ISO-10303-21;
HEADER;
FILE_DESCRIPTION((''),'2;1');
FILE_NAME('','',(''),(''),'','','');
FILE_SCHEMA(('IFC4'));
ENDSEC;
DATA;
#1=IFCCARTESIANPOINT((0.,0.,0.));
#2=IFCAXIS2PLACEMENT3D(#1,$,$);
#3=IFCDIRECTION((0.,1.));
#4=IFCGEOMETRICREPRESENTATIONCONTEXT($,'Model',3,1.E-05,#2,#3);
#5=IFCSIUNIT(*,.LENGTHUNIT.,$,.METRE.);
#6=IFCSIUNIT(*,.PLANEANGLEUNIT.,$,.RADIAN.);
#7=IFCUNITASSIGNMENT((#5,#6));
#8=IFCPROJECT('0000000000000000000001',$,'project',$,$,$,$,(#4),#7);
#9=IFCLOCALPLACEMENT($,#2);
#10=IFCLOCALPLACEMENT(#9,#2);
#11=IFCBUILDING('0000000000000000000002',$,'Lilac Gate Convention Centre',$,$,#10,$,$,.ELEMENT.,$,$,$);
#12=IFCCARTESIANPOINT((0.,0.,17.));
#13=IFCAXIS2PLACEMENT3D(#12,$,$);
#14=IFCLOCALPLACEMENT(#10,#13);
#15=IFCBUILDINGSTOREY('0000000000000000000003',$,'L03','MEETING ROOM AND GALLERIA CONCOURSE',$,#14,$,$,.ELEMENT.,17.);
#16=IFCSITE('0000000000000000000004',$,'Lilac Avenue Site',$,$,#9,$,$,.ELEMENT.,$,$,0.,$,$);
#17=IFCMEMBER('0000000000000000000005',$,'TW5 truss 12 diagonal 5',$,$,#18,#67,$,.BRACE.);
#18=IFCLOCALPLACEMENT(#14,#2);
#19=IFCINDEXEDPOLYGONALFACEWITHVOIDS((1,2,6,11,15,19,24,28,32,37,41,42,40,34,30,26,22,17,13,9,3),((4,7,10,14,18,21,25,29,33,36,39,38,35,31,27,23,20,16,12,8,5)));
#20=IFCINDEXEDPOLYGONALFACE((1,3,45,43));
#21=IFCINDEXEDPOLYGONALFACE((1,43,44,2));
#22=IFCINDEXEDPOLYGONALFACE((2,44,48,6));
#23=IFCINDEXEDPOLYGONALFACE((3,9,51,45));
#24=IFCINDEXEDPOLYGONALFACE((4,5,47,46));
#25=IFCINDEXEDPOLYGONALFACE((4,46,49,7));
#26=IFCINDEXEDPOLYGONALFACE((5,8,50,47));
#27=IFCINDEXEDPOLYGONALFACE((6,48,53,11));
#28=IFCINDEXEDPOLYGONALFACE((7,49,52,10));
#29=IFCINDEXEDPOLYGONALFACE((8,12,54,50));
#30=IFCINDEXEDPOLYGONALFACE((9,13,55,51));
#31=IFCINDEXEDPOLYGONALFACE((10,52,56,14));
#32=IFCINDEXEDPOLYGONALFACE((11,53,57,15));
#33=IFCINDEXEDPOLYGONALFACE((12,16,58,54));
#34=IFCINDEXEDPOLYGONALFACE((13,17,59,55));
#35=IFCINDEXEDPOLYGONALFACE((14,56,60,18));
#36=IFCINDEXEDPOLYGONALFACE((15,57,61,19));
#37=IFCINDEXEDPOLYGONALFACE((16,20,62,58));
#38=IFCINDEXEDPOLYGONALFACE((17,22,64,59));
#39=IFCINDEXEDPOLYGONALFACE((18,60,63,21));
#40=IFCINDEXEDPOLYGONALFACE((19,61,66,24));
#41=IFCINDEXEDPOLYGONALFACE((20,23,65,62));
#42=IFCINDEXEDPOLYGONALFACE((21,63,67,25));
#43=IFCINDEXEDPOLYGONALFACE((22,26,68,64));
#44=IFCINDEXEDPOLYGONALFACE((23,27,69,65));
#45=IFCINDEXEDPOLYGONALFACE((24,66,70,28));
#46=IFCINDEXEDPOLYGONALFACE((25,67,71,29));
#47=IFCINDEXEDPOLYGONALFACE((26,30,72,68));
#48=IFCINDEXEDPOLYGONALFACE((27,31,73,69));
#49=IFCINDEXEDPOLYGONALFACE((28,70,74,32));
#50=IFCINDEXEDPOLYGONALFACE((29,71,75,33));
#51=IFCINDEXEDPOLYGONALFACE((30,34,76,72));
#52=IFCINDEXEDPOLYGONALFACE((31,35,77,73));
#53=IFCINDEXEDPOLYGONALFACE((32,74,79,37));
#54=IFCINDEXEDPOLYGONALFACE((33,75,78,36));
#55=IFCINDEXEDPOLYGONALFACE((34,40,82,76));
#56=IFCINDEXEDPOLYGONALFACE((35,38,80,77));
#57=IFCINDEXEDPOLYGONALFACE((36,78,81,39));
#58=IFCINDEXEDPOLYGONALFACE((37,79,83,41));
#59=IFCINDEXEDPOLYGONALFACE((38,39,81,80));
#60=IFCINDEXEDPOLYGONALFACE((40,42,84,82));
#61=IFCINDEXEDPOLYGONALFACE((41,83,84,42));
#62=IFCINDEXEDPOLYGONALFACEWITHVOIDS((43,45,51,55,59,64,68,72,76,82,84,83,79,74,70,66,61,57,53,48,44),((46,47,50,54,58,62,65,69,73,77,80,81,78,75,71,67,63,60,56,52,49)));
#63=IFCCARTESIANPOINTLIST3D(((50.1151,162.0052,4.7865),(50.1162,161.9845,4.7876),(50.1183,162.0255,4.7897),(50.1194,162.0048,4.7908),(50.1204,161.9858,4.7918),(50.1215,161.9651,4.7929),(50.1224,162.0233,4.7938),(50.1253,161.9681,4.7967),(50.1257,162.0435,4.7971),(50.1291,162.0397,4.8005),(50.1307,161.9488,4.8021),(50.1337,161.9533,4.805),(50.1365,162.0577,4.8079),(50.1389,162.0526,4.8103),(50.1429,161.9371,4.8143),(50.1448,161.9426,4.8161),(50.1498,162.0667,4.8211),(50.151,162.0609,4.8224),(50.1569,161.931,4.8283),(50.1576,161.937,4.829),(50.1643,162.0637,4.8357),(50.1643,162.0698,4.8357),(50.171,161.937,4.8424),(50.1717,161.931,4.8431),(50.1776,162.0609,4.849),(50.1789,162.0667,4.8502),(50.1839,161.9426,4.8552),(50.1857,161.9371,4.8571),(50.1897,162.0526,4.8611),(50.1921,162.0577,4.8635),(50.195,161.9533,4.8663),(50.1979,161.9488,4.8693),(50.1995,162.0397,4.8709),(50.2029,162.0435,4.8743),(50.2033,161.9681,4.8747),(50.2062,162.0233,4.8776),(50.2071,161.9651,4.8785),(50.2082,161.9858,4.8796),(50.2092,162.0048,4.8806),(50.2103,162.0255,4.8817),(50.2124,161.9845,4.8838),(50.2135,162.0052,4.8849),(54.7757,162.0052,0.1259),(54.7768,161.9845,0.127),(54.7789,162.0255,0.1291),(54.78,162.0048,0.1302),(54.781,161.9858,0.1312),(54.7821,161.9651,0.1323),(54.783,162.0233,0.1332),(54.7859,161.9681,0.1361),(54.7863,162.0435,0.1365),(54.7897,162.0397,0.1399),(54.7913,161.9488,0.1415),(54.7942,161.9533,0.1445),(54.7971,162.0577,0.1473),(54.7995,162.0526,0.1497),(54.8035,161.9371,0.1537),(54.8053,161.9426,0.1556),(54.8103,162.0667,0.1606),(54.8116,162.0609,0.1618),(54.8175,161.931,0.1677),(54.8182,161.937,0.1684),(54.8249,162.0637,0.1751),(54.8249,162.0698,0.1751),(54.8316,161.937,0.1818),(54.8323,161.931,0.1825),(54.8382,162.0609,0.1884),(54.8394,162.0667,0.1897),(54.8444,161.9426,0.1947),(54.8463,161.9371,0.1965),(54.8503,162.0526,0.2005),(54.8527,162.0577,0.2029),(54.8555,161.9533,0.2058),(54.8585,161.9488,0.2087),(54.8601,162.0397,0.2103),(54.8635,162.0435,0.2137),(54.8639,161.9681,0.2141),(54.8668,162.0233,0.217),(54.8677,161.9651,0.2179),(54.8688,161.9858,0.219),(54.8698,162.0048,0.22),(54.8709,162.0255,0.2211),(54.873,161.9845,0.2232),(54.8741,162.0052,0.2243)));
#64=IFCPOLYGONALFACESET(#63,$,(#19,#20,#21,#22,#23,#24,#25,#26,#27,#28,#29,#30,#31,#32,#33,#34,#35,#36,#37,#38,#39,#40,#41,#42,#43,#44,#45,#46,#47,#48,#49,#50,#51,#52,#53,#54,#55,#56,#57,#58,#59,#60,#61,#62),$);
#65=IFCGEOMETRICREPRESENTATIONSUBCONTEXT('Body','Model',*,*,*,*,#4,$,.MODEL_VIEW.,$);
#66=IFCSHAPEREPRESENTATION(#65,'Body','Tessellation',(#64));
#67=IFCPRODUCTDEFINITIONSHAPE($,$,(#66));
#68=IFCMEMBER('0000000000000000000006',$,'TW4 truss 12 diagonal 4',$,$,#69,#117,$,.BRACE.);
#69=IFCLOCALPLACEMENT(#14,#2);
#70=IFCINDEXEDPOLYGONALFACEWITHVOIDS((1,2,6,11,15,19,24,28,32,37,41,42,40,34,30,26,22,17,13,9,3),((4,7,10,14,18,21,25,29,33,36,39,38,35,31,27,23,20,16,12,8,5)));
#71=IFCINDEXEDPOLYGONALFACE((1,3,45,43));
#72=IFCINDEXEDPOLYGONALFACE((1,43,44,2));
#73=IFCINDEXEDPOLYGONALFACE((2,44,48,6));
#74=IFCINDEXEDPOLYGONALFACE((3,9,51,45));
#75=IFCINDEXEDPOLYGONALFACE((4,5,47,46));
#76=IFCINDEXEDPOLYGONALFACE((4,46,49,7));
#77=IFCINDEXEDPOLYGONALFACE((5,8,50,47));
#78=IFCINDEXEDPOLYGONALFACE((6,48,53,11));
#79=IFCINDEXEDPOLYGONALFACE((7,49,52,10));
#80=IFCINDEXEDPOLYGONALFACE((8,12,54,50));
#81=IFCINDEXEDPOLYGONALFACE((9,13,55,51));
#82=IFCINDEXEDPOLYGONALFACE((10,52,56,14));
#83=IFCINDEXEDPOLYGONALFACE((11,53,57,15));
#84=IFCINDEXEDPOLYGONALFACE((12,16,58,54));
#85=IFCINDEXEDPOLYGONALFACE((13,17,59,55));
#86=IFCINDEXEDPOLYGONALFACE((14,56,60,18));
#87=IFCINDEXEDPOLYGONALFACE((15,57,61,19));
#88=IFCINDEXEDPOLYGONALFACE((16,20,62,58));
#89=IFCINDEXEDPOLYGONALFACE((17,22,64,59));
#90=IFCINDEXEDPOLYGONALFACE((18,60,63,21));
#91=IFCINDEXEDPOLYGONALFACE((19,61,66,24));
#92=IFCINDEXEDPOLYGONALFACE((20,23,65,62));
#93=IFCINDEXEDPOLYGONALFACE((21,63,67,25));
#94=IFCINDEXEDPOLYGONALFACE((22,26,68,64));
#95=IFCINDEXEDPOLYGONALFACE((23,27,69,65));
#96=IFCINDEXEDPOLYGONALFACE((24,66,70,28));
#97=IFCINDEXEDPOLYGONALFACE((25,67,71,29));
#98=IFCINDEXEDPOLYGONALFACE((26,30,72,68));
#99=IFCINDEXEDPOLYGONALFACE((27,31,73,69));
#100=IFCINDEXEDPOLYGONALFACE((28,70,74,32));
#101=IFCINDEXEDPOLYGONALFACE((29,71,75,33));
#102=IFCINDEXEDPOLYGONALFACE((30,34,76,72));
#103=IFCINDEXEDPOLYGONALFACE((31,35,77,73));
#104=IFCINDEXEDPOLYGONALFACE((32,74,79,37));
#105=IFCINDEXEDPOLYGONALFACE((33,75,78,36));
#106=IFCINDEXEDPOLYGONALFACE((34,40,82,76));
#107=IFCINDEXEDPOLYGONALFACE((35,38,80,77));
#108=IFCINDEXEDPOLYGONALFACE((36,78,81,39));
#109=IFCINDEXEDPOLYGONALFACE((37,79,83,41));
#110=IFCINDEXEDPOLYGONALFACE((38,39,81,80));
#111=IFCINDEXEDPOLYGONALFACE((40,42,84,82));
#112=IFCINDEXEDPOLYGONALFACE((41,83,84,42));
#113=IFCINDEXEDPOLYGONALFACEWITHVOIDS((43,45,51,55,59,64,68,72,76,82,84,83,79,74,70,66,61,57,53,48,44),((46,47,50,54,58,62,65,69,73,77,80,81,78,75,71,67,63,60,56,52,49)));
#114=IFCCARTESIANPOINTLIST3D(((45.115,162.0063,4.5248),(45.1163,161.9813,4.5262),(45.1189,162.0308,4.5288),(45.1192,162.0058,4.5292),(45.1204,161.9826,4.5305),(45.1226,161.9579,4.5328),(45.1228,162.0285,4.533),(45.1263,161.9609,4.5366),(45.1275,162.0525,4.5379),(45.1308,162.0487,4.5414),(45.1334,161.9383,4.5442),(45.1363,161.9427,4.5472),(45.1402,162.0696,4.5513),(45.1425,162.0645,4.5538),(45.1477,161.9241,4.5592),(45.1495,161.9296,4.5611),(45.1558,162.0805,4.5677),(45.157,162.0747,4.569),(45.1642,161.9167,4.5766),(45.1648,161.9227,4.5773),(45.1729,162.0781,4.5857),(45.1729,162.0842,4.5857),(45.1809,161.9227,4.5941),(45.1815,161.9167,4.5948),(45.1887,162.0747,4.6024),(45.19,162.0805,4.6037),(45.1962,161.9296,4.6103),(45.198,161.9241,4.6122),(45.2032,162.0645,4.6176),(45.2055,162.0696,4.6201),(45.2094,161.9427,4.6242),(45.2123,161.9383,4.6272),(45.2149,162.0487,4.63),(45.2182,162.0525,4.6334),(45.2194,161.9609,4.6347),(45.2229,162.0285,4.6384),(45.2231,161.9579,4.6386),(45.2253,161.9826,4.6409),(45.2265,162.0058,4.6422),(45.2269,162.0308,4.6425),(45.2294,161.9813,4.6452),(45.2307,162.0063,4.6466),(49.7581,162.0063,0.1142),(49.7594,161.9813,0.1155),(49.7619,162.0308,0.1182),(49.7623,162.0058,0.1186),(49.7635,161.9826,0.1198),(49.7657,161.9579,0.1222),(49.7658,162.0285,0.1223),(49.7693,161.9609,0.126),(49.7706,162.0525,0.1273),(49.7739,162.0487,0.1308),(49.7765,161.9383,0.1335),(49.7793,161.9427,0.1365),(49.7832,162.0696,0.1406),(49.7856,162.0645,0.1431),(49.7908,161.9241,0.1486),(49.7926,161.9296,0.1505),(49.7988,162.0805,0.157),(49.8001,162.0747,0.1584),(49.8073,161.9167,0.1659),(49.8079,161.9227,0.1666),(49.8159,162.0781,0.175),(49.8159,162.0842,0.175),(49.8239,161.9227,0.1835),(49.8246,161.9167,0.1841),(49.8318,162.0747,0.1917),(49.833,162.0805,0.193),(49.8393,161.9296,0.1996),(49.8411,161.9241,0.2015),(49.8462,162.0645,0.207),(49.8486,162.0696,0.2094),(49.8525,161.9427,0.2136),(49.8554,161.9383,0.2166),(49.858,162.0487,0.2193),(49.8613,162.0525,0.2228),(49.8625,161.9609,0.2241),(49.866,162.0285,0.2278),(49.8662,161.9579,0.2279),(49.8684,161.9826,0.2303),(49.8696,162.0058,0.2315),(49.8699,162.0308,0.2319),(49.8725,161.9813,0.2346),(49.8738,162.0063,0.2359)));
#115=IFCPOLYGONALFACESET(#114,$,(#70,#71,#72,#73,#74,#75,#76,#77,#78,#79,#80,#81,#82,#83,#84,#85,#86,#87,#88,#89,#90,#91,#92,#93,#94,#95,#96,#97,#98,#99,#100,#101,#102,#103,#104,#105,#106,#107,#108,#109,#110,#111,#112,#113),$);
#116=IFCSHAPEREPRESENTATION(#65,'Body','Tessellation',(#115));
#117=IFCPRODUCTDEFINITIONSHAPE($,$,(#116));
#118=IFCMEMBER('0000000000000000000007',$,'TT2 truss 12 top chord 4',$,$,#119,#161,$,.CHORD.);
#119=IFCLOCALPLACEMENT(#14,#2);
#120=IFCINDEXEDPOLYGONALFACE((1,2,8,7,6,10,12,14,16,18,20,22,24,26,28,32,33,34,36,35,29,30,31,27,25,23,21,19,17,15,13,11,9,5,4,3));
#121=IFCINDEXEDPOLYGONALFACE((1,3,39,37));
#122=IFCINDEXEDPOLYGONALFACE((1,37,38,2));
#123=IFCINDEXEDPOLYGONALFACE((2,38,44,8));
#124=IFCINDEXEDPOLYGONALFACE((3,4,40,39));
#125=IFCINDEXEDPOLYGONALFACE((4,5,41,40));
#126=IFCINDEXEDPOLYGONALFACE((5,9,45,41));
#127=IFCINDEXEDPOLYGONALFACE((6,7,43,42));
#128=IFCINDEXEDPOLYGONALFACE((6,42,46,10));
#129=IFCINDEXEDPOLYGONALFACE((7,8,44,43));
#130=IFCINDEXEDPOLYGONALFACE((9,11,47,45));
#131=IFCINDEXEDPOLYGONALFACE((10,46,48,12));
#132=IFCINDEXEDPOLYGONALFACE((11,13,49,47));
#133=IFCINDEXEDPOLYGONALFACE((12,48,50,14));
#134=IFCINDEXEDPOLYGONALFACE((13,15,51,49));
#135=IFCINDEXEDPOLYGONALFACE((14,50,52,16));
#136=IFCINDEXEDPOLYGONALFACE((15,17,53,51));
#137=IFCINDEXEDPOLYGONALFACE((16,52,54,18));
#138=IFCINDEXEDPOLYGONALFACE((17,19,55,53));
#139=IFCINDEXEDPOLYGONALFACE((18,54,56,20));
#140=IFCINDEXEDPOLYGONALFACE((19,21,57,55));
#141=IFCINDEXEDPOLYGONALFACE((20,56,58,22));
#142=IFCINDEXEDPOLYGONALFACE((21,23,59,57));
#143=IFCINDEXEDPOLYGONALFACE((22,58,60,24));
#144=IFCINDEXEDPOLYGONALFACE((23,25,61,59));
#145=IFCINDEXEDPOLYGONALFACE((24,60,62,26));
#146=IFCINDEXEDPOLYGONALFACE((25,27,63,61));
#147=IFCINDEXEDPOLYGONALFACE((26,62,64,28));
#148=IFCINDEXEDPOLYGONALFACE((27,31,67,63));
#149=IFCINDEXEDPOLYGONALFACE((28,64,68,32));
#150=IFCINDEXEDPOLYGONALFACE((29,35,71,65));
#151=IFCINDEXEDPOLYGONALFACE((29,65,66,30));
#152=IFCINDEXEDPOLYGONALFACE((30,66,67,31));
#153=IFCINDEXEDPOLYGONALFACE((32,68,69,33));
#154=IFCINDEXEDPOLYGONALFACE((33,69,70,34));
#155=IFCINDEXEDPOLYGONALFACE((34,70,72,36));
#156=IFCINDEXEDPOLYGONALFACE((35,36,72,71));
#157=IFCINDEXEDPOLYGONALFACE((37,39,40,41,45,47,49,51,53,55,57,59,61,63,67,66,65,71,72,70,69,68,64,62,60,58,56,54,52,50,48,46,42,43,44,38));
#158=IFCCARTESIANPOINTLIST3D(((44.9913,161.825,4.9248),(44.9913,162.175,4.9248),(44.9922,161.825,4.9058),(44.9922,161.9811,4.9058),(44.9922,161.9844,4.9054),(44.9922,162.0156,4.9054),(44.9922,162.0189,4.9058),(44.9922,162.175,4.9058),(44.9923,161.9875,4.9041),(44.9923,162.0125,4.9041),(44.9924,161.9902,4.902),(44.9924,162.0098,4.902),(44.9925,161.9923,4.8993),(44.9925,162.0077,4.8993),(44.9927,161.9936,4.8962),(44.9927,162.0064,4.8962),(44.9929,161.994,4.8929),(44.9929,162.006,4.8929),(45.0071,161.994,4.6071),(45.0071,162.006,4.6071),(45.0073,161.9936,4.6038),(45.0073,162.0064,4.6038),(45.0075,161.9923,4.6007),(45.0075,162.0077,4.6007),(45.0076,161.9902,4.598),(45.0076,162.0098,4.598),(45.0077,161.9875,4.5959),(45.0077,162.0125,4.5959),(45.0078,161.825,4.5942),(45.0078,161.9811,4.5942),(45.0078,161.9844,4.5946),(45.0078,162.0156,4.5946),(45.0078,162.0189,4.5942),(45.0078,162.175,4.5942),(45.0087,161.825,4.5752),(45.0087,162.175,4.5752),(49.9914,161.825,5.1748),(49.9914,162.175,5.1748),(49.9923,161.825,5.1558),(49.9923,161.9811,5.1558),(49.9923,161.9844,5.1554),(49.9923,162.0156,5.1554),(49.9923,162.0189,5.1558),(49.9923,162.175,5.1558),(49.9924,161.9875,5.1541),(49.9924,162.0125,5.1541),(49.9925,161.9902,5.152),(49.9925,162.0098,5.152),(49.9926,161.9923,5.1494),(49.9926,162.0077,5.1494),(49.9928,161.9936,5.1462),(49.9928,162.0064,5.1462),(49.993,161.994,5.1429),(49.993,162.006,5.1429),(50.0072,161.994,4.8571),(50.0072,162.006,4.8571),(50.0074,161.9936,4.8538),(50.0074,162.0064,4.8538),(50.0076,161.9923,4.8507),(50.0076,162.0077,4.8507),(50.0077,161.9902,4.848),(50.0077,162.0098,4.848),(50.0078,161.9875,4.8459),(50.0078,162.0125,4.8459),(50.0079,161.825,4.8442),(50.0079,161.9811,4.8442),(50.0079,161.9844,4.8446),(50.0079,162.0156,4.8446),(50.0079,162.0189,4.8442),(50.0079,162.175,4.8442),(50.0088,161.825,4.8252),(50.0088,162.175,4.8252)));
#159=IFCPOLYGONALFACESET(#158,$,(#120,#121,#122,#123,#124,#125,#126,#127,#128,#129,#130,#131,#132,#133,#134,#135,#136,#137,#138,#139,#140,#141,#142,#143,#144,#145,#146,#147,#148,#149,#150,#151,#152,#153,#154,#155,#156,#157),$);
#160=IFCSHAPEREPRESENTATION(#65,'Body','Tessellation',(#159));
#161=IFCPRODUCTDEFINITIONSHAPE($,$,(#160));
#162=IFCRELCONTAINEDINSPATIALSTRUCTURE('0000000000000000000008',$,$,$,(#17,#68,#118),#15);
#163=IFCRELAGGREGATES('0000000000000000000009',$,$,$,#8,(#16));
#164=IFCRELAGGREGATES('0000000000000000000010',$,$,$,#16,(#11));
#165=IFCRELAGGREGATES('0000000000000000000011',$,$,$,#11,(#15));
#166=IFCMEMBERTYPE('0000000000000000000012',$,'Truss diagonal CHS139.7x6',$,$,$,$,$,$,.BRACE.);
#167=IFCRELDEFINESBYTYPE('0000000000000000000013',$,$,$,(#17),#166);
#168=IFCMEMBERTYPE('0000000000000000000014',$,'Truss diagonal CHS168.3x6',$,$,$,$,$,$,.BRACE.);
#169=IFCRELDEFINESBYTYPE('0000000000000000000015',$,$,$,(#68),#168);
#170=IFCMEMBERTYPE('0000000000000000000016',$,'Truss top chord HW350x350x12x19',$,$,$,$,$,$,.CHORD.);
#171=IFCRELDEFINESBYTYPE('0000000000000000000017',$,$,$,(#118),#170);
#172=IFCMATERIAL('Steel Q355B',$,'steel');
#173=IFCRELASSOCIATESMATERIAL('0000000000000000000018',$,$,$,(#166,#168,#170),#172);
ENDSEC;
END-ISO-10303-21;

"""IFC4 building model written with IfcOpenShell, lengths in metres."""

from ifc_helpers import new_model, si_unit, direction, frame, origin, origin_2d, place, context, subcontext, project, spatial, hollow_circle, i_section, extrude, material, material_profile, profile_set, type_object, element, save


model = new_model("IFC4")

# Units and contexts
model_context = context("Model", 3, precision=1e-05, world=origin(), true_north=direction((0.0, 1.0)))
body_context = subcontext(model_context, "Body", "Model", "MODEL_VIEW")
ifc_project = project(units=[si_unit("LENGTHUNIT", "METRE"), si_unit("PLANEANGLEUNIT", "RADIAN")], contexts=[model_context])

# Site, building, storey
site_placement = place(None, origin())
site = spatial("IfcSite", under=ifc_project, at=site_placement, Name="Lilac Avenue Site", CompositionType="ELEMENT", RefElevation=0.0)
building_placement = place(site_placement, origin())
building = spatial("IfcBuilding", under=site, at=building_placement, Name="Lilac Gate Convention Centre", CompositionType="ELEMENT")
storey_placement = place(building_placement, frame((0.0, 0.0, 17.0)))
storey = spatial("IfcBuildingStorey", under=building, at=storey_placement, Name="L03", Description="MEETING ROOM AND GALLERIA CONCOURSE", CompositionType="ELEMENT", Elevation=17.0)

# Members
ifc_material = material(Name="Steel Q355B", Category="steel")
ifc_material_profile_1 = material_profile(ifc_material, hollow_circle(Radius=0.0698, WallThickness=0.0061, at=origin_2d()), Name="CHS139.7x6")
ifc_profile_set_1 = profile_set([ifc_material_profile_1], Name="Steel Q355B")
member_type_1 = type_object("IfcMemberType", Name="Truss diagonal CHS139.7x6", PredefinedType="BRACE", material=ifc_profile_set_1)
member_1_placement = place(storey_placement, frame((50.1643, 162.0, 4.8357), z_axis=(0.707107, 0.0, -0.707107), x_axis=(0.0, 1.0, 0.0)))
element("IfcMember", 1, at=member_1_placement, inside=storey, type_object=member_type_1, Name="TW5 truss 12 diagonal 5", PredefinedType="BRACE", context=body_context, shape_type="SweptSolid", body=[
    extrude(hollow_circle(Radius=0.0698, WallThickness=0.0061, at=origin_2d()), origin(), (0.0, 0.0, 1.0), 6.5911),
])
ifc_material_profile_2 = material_profile(ifc_material, hollow_circle(Radius=0.0842, WallThickness=0.0061, at=origin_2d()), Name="CHS168.3x6")
ifc_profile_set_2 = profile_set([ifc_material_profile_2], Name="Steel Q355B")
member_type_2 = type_object("IfcMemberType", Name="Truss diagonal CHS168.3x6", PredefinedType="BRACE", material=ifc_profile_set_2)
member_2_placement = place(storey_placement, frame((45.1729, 162.0, 4.5857), z_axis=(0.72502, 0.0, -0.688727), x_axis=(0.0, 1.0, 0.0)))
element("IfcMember", 2, at=member_2_placement, inside=storey, type_object=member_type_2, Name="TW4 truss 12 diagonal 4", PredefinedType="BRACE", context=body_context, shape_type="SweptSolid", body=[
    extrude(hollow_circle(Radius=0.0842, WallThickness=0.0061, at=origin_2d()), origin(), (0.0, 0.0, 1.0), 6.4041),
])
ifc_material_profile_3 = material_profile(ifc_material, i_section(OverallWidth=0.3501, OverallDepth=0.3501, WebThickness=0.012, FlangeThickness=0.019, FilletRadius=0.0129, at=origin_2d()), Name="HW350x350x12x19")
ifc_profile_set_3 = profile_set([ifc_material_profile_3], Name="Steel Q355B")
member_type_3 = type_object("IfcMemberType", Name="Truss top chord HW350x350x12x19", PredefinedType="CHORD", material=ifc_profile_set_3)
for number, where, z_axis, x_axis, name in (
    (3, (45.0, 162.0, 4.75), (0.998752, 0.0, 0.049938), (0.0, 1.0, 0.0), "TT2 truss 12 top chord 4"),
):
    element("IfcMember", number, at=place(storey_placement, frame(where, z_axis=z_axis, x_axis=x_axis)), inside=storey, type_object=member_type_3, Name=name, PredefinedType="CHORD", context=body_context, shape_type="SweptSolid", body=[
        extrude(i_section(OverallWidth=0.3501, OverallDepth=0.3501, WebThickness=0.012, FlangeThickness=0.019, FilletRadius=0.0129, at=origin_2d()), origin(), (0.0, 0.0, 1.0), 5.0063),
    ])

save(model, "model.ifc")
